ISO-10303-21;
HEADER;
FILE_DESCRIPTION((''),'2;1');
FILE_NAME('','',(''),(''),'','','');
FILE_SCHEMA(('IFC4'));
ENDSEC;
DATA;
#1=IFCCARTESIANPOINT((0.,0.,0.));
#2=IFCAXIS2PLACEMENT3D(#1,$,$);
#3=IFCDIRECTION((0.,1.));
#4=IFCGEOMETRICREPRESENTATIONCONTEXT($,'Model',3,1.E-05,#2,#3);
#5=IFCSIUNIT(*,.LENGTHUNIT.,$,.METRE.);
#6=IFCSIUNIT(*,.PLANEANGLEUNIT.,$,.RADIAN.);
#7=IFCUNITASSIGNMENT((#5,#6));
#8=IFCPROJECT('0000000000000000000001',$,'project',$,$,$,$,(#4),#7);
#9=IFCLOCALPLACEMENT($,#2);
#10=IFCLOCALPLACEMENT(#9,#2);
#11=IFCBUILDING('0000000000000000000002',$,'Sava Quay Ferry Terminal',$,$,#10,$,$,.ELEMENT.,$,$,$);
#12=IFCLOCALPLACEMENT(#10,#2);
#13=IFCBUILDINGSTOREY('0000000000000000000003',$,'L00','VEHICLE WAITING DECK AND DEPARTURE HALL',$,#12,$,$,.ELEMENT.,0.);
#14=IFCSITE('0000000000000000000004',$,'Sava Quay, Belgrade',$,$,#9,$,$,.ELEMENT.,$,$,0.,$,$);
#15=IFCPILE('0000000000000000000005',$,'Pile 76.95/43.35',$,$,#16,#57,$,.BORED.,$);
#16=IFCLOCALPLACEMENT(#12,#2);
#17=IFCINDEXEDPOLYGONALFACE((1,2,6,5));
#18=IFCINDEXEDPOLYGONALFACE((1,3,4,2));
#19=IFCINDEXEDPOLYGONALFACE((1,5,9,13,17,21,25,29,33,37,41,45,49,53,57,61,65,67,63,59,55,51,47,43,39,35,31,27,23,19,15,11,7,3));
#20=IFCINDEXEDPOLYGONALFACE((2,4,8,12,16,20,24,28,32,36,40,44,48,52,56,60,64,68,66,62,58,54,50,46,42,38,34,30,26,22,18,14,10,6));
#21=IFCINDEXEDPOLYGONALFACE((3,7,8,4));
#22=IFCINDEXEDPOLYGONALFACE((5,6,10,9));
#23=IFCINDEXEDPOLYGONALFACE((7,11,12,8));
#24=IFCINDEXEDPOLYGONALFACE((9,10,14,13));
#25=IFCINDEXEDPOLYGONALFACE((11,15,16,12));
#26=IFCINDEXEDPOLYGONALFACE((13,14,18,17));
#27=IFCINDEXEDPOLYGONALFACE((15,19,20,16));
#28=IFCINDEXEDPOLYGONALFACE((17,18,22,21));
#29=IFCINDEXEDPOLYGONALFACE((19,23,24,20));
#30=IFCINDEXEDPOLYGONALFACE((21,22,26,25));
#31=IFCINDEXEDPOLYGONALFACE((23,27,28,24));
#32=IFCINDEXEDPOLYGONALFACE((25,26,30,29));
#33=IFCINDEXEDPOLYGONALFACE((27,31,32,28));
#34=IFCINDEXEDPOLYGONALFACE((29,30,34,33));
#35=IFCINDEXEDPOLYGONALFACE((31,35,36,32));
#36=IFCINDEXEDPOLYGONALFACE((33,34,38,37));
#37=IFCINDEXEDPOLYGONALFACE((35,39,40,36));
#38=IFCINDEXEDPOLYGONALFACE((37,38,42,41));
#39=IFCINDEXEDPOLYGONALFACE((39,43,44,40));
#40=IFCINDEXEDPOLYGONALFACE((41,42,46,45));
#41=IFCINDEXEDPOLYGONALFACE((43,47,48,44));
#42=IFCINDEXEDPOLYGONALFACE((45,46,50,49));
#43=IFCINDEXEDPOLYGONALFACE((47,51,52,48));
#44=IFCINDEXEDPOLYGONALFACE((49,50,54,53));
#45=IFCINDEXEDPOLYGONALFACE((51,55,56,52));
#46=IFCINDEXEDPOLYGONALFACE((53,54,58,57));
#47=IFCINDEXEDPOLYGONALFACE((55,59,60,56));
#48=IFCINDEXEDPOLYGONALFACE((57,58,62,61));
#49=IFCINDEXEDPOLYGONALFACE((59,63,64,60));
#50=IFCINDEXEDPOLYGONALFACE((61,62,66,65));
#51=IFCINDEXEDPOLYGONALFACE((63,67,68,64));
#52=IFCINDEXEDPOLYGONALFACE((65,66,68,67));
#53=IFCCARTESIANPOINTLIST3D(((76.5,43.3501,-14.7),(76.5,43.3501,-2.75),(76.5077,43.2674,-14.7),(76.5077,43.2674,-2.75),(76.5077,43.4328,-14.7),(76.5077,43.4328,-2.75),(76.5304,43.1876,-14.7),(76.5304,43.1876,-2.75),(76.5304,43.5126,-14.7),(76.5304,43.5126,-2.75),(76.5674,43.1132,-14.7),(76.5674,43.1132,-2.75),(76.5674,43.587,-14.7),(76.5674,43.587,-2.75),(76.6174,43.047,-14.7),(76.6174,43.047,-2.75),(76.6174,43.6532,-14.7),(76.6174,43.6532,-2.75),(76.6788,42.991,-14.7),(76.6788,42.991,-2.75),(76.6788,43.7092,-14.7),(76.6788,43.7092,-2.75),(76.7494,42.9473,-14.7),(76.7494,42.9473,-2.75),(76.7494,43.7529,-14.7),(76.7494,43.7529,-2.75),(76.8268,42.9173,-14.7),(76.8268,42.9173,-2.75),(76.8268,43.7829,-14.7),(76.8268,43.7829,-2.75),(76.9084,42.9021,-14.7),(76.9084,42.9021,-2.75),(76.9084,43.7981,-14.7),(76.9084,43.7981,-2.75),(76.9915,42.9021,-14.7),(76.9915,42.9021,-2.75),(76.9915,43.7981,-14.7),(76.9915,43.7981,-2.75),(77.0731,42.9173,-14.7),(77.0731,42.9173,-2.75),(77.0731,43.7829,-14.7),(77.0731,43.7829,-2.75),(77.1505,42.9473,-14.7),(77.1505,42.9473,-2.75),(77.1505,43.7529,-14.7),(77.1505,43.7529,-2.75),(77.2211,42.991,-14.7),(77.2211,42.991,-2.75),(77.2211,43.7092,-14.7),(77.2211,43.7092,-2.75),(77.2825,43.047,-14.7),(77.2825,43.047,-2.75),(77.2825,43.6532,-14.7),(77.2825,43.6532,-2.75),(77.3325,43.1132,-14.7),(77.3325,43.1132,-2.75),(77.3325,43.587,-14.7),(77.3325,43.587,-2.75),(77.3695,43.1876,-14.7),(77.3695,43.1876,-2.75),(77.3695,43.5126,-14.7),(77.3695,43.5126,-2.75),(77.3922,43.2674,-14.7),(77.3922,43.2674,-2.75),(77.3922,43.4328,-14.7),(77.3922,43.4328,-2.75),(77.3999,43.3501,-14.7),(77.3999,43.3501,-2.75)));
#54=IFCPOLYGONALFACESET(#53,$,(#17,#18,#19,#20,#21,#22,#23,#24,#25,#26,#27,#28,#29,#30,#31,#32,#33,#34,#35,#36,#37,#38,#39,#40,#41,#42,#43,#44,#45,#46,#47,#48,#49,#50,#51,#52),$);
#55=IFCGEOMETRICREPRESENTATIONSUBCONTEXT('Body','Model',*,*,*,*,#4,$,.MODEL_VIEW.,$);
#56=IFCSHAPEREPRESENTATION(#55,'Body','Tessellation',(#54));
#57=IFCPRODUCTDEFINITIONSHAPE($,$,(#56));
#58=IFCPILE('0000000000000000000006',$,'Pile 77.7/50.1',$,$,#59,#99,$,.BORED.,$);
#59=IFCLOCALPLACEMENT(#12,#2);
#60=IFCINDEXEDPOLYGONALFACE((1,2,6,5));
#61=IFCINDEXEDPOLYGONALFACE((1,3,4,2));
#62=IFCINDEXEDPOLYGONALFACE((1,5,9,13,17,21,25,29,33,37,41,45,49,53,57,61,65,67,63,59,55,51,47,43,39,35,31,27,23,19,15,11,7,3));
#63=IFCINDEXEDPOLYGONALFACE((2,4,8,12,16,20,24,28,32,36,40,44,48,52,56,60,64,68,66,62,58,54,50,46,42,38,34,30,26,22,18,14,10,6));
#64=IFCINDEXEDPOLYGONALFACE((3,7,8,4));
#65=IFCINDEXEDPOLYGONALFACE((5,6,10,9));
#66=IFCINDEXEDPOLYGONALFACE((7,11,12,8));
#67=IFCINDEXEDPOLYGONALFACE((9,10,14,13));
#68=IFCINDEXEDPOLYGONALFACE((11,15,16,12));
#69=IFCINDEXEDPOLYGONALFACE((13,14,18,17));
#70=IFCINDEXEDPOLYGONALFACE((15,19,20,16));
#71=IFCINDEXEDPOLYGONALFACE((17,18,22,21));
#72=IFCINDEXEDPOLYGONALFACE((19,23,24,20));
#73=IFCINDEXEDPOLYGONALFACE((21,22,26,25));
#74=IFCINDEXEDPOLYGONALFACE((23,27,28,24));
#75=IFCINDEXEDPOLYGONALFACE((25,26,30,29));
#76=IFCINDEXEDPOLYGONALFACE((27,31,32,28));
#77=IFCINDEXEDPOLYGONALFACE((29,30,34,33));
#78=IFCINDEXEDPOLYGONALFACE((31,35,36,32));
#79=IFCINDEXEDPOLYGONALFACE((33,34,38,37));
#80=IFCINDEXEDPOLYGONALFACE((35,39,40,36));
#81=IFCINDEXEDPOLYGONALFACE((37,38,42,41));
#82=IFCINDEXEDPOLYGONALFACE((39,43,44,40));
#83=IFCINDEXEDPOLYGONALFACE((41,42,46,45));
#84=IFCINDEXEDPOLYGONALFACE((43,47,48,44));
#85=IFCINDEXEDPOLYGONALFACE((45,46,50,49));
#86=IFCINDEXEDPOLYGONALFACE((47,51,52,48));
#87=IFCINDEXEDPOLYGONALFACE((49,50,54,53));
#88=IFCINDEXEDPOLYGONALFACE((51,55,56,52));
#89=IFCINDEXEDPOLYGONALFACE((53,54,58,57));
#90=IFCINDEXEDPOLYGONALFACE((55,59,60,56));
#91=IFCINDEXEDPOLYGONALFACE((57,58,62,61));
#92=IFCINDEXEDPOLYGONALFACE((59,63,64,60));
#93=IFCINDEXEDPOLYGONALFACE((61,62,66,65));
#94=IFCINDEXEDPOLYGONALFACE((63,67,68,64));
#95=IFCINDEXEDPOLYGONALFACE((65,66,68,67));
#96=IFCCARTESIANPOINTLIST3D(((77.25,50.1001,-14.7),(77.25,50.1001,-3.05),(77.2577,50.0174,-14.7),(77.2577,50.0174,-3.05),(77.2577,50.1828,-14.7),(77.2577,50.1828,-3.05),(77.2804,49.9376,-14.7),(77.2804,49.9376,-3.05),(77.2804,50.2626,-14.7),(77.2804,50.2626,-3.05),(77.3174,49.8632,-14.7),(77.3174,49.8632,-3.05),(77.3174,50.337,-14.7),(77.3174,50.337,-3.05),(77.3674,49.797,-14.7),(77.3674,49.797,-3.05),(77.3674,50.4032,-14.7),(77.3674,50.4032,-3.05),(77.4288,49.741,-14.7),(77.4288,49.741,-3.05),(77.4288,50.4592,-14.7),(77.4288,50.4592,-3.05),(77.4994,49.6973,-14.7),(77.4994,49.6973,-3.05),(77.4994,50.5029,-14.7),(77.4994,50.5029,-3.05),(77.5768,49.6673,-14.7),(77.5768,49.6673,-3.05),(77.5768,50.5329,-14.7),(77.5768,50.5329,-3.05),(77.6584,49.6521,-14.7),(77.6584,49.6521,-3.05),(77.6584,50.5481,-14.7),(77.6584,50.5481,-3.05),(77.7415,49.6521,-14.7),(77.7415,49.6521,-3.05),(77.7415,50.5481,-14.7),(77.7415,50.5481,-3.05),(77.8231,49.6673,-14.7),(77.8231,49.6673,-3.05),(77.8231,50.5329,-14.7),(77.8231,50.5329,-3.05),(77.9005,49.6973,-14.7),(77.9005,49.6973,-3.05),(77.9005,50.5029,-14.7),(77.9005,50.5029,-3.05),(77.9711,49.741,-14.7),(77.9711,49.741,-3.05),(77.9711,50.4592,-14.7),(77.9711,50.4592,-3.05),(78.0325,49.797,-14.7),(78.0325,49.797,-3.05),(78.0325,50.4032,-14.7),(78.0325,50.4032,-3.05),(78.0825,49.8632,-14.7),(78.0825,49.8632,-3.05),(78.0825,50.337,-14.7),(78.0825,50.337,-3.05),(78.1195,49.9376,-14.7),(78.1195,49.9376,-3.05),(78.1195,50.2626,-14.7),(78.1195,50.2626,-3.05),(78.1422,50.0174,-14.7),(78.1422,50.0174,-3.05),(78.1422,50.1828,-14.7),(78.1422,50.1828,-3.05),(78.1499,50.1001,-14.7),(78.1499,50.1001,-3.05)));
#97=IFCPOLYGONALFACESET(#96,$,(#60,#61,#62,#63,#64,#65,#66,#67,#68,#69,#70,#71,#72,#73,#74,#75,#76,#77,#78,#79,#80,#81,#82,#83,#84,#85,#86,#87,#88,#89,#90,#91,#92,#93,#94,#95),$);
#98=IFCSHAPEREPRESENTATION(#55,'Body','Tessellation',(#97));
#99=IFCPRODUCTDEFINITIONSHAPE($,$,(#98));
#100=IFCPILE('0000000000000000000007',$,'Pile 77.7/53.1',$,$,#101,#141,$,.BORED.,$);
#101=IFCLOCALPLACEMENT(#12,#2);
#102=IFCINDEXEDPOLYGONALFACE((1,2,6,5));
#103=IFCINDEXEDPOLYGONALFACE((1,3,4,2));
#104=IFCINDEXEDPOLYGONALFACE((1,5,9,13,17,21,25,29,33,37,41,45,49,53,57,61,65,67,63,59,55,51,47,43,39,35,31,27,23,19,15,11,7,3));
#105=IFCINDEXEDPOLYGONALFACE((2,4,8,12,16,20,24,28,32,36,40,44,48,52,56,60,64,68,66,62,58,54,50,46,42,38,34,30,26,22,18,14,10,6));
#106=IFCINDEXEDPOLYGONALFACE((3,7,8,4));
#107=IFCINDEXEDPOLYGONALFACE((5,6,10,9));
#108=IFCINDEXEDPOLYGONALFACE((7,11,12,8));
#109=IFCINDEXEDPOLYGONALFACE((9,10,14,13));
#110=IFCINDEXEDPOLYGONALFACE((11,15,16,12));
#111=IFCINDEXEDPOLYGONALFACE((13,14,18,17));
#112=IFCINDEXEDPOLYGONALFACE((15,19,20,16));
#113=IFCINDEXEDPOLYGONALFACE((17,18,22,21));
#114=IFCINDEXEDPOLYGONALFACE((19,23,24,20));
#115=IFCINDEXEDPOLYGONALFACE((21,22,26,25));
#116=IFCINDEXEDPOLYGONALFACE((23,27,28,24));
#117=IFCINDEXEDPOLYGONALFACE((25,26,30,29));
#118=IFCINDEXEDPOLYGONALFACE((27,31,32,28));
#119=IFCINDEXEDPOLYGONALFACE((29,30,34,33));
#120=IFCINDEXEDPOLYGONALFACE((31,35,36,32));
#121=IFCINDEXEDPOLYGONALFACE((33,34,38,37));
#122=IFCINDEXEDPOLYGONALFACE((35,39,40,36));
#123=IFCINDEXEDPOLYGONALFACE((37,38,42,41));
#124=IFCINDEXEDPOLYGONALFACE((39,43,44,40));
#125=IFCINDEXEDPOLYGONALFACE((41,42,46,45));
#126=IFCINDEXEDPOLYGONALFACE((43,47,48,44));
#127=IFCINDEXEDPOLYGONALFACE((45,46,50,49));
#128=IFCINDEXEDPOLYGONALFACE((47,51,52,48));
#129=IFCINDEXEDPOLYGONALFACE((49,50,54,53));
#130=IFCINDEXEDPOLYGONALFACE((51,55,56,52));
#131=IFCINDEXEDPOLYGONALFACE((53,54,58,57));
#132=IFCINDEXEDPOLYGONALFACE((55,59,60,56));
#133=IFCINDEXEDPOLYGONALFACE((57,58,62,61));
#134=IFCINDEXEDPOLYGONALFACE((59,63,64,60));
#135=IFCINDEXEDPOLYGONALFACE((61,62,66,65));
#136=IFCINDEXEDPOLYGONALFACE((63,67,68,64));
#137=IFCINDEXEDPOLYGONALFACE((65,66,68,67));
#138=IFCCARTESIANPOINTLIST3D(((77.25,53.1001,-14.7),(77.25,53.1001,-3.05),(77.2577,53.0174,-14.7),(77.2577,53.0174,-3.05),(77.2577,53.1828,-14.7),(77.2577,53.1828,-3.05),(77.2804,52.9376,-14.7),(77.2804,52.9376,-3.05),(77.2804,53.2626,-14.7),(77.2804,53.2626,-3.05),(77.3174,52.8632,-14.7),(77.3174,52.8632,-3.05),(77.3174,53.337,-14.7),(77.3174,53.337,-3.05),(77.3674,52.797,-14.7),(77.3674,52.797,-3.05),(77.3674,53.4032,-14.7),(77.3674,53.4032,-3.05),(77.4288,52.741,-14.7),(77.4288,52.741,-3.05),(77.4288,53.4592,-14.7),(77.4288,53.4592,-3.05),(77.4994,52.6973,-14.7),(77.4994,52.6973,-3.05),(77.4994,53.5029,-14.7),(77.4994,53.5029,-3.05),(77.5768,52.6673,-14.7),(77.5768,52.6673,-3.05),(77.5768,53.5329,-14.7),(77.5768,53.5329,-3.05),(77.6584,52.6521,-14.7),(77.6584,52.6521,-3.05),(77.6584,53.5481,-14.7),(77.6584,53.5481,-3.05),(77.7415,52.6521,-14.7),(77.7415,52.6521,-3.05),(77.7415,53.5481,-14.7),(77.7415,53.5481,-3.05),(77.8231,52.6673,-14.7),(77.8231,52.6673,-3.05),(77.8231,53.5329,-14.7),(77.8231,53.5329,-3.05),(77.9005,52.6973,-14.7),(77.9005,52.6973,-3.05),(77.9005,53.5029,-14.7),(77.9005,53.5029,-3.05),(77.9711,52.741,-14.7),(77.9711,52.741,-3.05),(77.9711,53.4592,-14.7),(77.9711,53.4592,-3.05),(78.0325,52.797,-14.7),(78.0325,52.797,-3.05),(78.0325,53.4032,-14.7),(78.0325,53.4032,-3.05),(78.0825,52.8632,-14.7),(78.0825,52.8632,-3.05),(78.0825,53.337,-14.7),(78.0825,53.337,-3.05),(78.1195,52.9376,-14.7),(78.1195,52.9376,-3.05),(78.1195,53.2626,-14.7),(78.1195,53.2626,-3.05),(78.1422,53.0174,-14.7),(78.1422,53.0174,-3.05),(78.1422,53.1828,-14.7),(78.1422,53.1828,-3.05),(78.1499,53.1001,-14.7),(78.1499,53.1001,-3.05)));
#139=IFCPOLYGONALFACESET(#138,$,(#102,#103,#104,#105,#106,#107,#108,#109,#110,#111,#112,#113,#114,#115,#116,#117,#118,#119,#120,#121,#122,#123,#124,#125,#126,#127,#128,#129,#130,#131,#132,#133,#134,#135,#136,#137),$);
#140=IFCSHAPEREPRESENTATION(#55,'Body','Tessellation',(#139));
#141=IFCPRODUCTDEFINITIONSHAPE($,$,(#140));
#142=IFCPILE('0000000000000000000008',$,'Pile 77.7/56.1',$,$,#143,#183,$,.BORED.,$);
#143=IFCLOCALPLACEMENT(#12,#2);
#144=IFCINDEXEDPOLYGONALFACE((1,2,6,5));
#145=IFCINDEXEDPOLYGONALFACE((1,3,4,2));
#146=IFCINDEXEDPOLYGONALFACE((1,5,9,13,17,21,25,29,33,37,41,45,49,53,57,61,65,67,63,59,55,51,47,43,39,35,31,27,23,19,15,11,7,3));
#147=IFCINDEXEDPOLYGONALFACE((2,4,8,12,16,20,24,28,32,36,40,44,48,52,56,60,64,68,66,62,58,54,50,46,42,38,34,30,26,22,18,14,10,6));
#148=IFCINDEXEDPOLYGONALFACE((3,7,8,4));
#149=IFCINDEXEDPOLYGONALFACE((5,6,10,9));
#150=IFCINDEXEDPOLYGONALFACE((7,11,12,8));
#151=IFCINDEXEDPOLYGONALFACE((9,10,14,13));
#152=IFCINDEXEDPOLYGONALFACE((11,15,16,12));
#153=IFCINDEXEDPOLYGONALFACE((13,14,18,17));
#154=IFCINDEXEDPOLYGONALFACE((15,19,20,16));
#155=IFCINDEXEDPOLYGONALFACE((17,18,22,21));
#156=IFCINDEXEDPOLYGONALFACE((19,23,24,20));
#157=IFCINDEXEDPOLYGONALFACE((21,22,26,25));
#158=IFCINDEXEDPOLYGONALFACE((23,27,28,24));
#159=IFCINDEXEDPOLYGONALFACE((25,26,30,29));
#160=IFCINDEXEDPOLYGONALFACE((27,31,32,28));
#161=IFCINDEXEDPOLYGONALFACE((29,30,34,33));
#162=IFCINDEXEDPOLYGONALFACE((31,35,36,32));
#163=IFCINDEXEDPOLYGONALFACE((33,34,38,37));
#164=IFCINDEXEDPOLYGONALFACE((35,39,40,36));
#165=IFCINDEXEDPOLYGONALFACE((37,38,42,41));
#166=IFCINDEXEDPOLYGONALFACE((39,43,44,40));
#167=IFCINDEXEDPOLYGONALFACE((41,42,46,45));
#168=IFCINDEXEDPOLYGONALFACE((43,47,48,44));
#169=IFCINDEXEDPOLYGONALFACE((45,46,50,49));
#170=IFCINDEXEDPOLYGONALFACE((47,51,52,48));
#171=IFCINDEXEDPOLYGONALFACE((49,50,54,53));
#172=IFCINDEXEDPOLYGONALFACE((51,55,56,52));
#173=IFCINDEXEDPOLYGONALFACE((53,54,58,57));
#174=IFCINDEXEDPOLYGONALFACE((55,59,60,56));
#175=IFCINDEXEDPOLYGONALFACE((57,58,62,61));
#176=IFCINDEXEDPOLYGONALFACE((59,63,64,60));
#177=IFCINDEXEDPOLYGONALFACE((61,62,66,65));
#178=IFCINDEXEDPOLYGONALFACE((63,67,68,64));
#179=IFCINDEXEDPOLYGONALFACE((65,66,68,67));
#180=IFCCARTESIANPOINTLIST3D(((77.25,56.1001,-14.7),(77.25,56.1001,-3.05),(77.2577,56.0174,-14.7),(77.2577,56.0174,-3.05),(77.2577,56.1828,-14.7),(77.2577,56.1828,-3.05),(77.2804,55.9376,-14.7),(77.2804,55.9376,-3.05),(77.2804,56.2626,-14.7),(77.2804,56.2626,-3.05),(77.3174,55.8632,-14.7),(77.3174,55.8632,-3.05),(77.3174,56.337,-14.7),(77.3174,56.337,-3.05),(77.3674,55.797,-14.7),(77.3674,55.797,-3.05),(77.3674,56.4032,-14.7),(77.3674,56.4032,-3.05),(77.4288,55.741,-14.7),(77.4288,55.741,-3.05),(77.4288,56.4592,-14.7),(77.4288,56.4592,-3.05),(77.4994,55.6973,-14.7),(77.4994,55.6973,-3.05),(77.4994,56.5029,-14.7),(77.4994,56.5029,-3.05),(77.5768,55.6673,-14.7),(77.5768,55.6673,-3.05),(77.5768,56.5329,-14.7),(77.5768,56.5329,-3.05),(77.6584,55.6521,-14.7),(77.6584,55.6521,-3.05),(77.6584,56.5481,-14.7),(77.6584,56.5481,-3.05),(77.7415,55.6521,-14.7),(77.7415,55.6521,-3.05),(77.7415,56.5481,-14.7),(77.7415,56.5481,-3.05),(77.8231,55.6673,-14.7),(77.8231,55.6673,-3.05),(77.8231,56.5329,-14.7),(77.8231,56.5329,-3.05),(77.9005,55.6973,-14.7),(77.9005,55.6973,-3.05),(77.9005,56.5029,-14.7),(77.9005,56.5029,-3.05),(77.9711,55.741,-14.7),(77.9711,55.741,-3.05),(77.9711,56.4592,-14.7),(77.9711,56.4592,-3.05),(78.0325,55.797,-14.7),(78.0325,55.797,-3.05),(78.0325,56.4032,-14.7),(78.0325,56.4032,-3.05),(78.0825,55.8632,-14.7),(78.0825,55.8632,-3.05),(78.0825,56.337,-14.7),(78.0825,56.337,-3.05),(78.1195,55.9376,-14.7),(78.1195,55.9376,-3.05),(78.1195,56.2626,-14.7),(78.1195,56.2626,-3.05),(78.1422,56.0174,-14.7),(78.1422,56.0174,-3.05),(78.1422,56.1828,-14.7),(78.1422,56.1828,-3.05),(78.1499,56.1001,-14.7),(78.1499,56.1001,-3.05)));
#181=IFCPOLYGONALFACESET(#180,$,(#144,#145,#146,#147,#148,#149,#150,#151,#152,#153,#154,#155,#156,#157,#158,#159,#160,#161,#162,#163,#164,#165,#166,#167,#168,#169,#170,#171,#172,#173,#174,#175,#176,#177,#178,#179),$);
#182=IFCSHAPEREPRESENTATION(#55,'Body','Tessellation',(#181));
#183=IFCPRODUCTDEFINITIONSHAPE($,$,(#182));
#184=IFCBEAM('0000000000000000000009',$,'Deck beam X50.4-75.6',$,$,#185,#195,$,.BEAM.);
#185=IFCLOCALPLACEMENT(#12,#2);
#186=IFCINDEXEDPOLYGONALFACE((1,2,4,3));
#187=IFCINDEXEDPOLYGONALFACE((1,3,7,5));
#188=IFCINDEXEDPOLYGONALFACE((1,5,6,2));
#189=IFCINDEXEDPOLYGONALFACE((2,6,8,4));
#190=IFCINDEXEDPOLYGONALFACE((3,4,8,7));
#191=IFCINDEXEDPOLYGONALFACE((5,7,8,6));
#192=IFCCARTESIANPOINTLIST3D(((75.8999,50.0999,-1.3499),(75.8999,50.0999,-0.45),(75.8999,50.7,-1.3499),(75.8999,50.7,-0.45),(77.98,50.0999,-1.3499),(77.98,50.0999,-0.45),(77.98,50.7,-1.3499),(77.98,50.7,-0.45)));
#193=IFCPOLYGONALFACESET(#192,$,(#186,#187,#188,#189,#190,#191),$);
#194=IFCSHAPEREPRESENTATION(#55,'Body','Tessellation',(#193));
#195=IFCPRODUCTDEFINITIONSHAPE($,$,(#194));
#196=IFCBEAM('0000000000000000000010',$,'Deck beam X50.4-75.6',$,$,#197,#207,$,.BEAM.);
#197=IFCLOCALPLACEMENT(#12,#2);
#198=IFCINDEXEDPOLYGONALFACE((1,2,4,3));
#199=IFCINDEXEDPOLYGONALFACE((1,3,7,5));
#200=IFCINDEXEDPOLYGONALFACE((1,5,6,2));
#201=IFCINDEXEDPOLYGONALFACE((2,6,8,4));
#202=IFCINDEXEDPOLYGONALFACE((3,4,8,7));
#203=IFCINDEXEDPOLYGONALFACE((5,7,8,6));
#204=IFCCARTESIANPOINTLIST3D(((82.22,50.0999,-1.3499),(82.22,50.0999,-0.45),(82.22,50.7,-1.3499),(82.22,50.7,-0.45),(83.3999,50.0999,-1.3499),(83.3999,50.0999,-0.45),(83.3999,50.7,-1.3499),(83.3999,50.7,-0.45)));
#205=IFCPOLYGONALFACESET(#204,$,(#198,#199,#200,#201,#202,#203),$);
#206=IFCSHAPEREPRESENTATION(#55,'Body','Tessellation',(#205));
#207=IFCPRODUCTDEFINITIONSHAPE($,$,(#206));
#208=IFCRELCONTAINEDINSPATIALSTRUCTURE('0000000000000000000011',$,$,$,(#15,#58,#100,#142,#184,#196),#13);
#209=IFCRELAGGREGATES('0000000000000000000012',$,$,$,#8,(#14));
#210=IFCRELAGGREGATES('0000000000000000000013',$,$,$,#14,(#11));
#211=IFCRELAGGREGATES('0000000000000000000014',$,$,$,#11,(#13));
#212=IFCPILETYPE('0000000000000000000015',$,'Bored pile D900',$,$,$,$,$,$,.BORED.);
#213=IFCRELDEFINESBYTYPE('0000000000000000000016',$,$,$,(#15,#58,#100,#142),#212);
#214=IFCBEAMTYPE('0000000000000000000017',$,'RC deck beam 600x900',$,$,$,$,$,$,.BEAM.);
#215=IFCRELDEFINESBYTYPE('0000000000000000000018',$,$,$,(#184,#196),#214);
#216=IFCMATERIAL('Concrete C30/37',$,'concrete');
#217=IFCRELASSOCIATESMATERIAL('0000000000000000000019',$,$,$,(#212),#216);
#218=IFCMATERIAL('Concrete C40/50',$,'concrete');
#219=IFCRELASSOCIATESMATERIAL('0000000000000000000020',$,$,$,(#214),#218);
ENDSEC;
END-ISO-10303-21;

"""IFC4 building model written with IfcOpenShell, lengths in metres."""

from ifc_helpers import new_model, si_unit, direction, frame, origin, origin_2d, place, context, subcontext, project, spatial, rectangle, circle, extrude, material, material_profile, profile_set, type_object, element, save


model = new_model("IFC4")

# Units and contexts
model_context = context("Model", 3, precision=1e-05, world=origin(), true_north=direction((0.0, 1.0)))
body_context = subcontext(model_context, "Body", "Model", "MODEL_VIEW")
ifc_project = project(units=[si_unit("LENGTHUNIT", "METRE"), si_unit("PLANEANGLEUNIT", "RADIAN")], contexts=[model_context])

# Site, building, storey
site_placement = place(None, origin())
site = spatial("IfcSite", under=ifc_project, at=site_placement, Name="Sava Quay, Belgrade", CompositionType="ELEMENT", RefElevation=0.0)
building_placement = place(site_placement, origin())
building = spatial("IfcBuilding", under=site, at=building_placement, Name="Sava Quay Ferry Terminal", CompositionType="ELEMENT")
storey_placement = place(building_placement, origin())
storey = spatial("IfcBuildingStorey", under=building, at=storey_placement, Name="L00", Description="VEHICLE WAITING DECK AND DEPARTURE HALL", CompositionType="ELEMENT", Elevation=0.0)

# Piles
ifc_material_1 = material(Name="Concrete C30/37", Category="concrete")
ifc_material_profile_1 = material_profile(ifc_material_1, circle(Radius=0.45, at=origin_2d()), Name="Bored pile D900")
ifc_profile_set_1 = profile_set([ifc_material_profile_1], Name="Concrete C30/37")
pile_type = type_object("IfcPileType", Name="Bored pile D900", PredefinedType="BORED", material=ifc_profile_set_1)
pile_placement = place(storey_placement, frame((76.95, 43.3501, -2.75), z_axis=(0.0, 0.0, -1.0), x_axis=(1.0, 0.0, 0.0)))
element("IfcPile", 1, at=pile_placement, inside=storey, type_object=pile_type, Name="Pile 76.95/43.35", PredefinedType="BORED", context=body_context, shape_type="SweptSolid", body=[
    extrude(circle(Radius=0.45, at=origin_2d()), origin(), (0.0, 0.0, 1.0), 11.95),
])
for number, where, z_axis, x_axis, name in (
    (2, (77.7, 50.1001, -3.05), (0.0, 0.0, -1.0), (1.0, 0.0, 0.0), "Pile 77.7/50.1"),
    (3, (77.7, 53.1001, -3.05), (0.0, 0.0, -1.0), (1.0, 0.0, 0.0), "Pile 77.7/53.1"),
    (4, (77.7, 56.1001, -3.05), (0.0, 0.0, -1.0), (1.0, 0.0, 0.0), "Pile 77.7/56.1"),
):
    element("IfcPile", number, at=place(storey_placement, frame(where, z_axis=z_axis, x_axis=x_axis)), inside=storey, type_object=pile_type, Name=name, PredefinedType="BORED", context=body_context, shape_type="SweptSolid", body=[
        extrude(circle(Radius=0.45, at=origin_2d()), origin(), (0.0, 0.0, 1.0), 11.6499),
    ])

# Beams
ifc_material_2 = material(Name="Concrete C40/50", Category="concrete")
ifc_material_profile_2 = material_profile(ifc_material_2, rectangle(XDim=0.6001, YDim=0.8999, at=origin_2d()), Name="RC 600x900")
ifc_profile_set_2 = profile_set([ifc_material_profile_2], Name="Concrete C40/50")
beam_type = type_object("IfcBeamType", Name="RC deck beam 600x900", PredefinedType="BEAM", material=ifc_profile_set_2)
beam_1_placement = place(storey_placement, frame((75.8999, 50.3999, -0.8999), z_axis=(1.0, 0.0, 0.0), x_axis=(0.0, 1.0, 0.0)))
element("IfcBeam", 5, at=beam_1_placement, inside=storey, type_object=beam_type, Name="Deck beam X50.4-75.6", PredefinedType="BEAM", context=body_context, shape_type="SweptSolid", body=[
    extrude(rectangle(XDim=0.6001, YDim=0.8999, at=origin_2d()), origin(), (0.0, 0.0, 1.0), 2.0801),
])
beam_2_placement = place(storey_placement, frame((82.22, 50.3999, -0.8999), z_axis=(1.0, 0.0, 0.0), x_axis=(0.0, 1.0, 0.0)))
element("IfcBeam", 6, at=beam_2_placement, inside=storey, type_object=beam_type, Name="Deck beam X50.4-75.6", PredefinedType="BEAM", context=body_context, shape_type="SweptSolid", body=[
    extrude(rectangle(XDim=0.6001, YDim=0.8999, at=origin_2d()), origin(), (0.0, 0.0, 1.0), 1.1799),
])

save(model, "model.ifc")
